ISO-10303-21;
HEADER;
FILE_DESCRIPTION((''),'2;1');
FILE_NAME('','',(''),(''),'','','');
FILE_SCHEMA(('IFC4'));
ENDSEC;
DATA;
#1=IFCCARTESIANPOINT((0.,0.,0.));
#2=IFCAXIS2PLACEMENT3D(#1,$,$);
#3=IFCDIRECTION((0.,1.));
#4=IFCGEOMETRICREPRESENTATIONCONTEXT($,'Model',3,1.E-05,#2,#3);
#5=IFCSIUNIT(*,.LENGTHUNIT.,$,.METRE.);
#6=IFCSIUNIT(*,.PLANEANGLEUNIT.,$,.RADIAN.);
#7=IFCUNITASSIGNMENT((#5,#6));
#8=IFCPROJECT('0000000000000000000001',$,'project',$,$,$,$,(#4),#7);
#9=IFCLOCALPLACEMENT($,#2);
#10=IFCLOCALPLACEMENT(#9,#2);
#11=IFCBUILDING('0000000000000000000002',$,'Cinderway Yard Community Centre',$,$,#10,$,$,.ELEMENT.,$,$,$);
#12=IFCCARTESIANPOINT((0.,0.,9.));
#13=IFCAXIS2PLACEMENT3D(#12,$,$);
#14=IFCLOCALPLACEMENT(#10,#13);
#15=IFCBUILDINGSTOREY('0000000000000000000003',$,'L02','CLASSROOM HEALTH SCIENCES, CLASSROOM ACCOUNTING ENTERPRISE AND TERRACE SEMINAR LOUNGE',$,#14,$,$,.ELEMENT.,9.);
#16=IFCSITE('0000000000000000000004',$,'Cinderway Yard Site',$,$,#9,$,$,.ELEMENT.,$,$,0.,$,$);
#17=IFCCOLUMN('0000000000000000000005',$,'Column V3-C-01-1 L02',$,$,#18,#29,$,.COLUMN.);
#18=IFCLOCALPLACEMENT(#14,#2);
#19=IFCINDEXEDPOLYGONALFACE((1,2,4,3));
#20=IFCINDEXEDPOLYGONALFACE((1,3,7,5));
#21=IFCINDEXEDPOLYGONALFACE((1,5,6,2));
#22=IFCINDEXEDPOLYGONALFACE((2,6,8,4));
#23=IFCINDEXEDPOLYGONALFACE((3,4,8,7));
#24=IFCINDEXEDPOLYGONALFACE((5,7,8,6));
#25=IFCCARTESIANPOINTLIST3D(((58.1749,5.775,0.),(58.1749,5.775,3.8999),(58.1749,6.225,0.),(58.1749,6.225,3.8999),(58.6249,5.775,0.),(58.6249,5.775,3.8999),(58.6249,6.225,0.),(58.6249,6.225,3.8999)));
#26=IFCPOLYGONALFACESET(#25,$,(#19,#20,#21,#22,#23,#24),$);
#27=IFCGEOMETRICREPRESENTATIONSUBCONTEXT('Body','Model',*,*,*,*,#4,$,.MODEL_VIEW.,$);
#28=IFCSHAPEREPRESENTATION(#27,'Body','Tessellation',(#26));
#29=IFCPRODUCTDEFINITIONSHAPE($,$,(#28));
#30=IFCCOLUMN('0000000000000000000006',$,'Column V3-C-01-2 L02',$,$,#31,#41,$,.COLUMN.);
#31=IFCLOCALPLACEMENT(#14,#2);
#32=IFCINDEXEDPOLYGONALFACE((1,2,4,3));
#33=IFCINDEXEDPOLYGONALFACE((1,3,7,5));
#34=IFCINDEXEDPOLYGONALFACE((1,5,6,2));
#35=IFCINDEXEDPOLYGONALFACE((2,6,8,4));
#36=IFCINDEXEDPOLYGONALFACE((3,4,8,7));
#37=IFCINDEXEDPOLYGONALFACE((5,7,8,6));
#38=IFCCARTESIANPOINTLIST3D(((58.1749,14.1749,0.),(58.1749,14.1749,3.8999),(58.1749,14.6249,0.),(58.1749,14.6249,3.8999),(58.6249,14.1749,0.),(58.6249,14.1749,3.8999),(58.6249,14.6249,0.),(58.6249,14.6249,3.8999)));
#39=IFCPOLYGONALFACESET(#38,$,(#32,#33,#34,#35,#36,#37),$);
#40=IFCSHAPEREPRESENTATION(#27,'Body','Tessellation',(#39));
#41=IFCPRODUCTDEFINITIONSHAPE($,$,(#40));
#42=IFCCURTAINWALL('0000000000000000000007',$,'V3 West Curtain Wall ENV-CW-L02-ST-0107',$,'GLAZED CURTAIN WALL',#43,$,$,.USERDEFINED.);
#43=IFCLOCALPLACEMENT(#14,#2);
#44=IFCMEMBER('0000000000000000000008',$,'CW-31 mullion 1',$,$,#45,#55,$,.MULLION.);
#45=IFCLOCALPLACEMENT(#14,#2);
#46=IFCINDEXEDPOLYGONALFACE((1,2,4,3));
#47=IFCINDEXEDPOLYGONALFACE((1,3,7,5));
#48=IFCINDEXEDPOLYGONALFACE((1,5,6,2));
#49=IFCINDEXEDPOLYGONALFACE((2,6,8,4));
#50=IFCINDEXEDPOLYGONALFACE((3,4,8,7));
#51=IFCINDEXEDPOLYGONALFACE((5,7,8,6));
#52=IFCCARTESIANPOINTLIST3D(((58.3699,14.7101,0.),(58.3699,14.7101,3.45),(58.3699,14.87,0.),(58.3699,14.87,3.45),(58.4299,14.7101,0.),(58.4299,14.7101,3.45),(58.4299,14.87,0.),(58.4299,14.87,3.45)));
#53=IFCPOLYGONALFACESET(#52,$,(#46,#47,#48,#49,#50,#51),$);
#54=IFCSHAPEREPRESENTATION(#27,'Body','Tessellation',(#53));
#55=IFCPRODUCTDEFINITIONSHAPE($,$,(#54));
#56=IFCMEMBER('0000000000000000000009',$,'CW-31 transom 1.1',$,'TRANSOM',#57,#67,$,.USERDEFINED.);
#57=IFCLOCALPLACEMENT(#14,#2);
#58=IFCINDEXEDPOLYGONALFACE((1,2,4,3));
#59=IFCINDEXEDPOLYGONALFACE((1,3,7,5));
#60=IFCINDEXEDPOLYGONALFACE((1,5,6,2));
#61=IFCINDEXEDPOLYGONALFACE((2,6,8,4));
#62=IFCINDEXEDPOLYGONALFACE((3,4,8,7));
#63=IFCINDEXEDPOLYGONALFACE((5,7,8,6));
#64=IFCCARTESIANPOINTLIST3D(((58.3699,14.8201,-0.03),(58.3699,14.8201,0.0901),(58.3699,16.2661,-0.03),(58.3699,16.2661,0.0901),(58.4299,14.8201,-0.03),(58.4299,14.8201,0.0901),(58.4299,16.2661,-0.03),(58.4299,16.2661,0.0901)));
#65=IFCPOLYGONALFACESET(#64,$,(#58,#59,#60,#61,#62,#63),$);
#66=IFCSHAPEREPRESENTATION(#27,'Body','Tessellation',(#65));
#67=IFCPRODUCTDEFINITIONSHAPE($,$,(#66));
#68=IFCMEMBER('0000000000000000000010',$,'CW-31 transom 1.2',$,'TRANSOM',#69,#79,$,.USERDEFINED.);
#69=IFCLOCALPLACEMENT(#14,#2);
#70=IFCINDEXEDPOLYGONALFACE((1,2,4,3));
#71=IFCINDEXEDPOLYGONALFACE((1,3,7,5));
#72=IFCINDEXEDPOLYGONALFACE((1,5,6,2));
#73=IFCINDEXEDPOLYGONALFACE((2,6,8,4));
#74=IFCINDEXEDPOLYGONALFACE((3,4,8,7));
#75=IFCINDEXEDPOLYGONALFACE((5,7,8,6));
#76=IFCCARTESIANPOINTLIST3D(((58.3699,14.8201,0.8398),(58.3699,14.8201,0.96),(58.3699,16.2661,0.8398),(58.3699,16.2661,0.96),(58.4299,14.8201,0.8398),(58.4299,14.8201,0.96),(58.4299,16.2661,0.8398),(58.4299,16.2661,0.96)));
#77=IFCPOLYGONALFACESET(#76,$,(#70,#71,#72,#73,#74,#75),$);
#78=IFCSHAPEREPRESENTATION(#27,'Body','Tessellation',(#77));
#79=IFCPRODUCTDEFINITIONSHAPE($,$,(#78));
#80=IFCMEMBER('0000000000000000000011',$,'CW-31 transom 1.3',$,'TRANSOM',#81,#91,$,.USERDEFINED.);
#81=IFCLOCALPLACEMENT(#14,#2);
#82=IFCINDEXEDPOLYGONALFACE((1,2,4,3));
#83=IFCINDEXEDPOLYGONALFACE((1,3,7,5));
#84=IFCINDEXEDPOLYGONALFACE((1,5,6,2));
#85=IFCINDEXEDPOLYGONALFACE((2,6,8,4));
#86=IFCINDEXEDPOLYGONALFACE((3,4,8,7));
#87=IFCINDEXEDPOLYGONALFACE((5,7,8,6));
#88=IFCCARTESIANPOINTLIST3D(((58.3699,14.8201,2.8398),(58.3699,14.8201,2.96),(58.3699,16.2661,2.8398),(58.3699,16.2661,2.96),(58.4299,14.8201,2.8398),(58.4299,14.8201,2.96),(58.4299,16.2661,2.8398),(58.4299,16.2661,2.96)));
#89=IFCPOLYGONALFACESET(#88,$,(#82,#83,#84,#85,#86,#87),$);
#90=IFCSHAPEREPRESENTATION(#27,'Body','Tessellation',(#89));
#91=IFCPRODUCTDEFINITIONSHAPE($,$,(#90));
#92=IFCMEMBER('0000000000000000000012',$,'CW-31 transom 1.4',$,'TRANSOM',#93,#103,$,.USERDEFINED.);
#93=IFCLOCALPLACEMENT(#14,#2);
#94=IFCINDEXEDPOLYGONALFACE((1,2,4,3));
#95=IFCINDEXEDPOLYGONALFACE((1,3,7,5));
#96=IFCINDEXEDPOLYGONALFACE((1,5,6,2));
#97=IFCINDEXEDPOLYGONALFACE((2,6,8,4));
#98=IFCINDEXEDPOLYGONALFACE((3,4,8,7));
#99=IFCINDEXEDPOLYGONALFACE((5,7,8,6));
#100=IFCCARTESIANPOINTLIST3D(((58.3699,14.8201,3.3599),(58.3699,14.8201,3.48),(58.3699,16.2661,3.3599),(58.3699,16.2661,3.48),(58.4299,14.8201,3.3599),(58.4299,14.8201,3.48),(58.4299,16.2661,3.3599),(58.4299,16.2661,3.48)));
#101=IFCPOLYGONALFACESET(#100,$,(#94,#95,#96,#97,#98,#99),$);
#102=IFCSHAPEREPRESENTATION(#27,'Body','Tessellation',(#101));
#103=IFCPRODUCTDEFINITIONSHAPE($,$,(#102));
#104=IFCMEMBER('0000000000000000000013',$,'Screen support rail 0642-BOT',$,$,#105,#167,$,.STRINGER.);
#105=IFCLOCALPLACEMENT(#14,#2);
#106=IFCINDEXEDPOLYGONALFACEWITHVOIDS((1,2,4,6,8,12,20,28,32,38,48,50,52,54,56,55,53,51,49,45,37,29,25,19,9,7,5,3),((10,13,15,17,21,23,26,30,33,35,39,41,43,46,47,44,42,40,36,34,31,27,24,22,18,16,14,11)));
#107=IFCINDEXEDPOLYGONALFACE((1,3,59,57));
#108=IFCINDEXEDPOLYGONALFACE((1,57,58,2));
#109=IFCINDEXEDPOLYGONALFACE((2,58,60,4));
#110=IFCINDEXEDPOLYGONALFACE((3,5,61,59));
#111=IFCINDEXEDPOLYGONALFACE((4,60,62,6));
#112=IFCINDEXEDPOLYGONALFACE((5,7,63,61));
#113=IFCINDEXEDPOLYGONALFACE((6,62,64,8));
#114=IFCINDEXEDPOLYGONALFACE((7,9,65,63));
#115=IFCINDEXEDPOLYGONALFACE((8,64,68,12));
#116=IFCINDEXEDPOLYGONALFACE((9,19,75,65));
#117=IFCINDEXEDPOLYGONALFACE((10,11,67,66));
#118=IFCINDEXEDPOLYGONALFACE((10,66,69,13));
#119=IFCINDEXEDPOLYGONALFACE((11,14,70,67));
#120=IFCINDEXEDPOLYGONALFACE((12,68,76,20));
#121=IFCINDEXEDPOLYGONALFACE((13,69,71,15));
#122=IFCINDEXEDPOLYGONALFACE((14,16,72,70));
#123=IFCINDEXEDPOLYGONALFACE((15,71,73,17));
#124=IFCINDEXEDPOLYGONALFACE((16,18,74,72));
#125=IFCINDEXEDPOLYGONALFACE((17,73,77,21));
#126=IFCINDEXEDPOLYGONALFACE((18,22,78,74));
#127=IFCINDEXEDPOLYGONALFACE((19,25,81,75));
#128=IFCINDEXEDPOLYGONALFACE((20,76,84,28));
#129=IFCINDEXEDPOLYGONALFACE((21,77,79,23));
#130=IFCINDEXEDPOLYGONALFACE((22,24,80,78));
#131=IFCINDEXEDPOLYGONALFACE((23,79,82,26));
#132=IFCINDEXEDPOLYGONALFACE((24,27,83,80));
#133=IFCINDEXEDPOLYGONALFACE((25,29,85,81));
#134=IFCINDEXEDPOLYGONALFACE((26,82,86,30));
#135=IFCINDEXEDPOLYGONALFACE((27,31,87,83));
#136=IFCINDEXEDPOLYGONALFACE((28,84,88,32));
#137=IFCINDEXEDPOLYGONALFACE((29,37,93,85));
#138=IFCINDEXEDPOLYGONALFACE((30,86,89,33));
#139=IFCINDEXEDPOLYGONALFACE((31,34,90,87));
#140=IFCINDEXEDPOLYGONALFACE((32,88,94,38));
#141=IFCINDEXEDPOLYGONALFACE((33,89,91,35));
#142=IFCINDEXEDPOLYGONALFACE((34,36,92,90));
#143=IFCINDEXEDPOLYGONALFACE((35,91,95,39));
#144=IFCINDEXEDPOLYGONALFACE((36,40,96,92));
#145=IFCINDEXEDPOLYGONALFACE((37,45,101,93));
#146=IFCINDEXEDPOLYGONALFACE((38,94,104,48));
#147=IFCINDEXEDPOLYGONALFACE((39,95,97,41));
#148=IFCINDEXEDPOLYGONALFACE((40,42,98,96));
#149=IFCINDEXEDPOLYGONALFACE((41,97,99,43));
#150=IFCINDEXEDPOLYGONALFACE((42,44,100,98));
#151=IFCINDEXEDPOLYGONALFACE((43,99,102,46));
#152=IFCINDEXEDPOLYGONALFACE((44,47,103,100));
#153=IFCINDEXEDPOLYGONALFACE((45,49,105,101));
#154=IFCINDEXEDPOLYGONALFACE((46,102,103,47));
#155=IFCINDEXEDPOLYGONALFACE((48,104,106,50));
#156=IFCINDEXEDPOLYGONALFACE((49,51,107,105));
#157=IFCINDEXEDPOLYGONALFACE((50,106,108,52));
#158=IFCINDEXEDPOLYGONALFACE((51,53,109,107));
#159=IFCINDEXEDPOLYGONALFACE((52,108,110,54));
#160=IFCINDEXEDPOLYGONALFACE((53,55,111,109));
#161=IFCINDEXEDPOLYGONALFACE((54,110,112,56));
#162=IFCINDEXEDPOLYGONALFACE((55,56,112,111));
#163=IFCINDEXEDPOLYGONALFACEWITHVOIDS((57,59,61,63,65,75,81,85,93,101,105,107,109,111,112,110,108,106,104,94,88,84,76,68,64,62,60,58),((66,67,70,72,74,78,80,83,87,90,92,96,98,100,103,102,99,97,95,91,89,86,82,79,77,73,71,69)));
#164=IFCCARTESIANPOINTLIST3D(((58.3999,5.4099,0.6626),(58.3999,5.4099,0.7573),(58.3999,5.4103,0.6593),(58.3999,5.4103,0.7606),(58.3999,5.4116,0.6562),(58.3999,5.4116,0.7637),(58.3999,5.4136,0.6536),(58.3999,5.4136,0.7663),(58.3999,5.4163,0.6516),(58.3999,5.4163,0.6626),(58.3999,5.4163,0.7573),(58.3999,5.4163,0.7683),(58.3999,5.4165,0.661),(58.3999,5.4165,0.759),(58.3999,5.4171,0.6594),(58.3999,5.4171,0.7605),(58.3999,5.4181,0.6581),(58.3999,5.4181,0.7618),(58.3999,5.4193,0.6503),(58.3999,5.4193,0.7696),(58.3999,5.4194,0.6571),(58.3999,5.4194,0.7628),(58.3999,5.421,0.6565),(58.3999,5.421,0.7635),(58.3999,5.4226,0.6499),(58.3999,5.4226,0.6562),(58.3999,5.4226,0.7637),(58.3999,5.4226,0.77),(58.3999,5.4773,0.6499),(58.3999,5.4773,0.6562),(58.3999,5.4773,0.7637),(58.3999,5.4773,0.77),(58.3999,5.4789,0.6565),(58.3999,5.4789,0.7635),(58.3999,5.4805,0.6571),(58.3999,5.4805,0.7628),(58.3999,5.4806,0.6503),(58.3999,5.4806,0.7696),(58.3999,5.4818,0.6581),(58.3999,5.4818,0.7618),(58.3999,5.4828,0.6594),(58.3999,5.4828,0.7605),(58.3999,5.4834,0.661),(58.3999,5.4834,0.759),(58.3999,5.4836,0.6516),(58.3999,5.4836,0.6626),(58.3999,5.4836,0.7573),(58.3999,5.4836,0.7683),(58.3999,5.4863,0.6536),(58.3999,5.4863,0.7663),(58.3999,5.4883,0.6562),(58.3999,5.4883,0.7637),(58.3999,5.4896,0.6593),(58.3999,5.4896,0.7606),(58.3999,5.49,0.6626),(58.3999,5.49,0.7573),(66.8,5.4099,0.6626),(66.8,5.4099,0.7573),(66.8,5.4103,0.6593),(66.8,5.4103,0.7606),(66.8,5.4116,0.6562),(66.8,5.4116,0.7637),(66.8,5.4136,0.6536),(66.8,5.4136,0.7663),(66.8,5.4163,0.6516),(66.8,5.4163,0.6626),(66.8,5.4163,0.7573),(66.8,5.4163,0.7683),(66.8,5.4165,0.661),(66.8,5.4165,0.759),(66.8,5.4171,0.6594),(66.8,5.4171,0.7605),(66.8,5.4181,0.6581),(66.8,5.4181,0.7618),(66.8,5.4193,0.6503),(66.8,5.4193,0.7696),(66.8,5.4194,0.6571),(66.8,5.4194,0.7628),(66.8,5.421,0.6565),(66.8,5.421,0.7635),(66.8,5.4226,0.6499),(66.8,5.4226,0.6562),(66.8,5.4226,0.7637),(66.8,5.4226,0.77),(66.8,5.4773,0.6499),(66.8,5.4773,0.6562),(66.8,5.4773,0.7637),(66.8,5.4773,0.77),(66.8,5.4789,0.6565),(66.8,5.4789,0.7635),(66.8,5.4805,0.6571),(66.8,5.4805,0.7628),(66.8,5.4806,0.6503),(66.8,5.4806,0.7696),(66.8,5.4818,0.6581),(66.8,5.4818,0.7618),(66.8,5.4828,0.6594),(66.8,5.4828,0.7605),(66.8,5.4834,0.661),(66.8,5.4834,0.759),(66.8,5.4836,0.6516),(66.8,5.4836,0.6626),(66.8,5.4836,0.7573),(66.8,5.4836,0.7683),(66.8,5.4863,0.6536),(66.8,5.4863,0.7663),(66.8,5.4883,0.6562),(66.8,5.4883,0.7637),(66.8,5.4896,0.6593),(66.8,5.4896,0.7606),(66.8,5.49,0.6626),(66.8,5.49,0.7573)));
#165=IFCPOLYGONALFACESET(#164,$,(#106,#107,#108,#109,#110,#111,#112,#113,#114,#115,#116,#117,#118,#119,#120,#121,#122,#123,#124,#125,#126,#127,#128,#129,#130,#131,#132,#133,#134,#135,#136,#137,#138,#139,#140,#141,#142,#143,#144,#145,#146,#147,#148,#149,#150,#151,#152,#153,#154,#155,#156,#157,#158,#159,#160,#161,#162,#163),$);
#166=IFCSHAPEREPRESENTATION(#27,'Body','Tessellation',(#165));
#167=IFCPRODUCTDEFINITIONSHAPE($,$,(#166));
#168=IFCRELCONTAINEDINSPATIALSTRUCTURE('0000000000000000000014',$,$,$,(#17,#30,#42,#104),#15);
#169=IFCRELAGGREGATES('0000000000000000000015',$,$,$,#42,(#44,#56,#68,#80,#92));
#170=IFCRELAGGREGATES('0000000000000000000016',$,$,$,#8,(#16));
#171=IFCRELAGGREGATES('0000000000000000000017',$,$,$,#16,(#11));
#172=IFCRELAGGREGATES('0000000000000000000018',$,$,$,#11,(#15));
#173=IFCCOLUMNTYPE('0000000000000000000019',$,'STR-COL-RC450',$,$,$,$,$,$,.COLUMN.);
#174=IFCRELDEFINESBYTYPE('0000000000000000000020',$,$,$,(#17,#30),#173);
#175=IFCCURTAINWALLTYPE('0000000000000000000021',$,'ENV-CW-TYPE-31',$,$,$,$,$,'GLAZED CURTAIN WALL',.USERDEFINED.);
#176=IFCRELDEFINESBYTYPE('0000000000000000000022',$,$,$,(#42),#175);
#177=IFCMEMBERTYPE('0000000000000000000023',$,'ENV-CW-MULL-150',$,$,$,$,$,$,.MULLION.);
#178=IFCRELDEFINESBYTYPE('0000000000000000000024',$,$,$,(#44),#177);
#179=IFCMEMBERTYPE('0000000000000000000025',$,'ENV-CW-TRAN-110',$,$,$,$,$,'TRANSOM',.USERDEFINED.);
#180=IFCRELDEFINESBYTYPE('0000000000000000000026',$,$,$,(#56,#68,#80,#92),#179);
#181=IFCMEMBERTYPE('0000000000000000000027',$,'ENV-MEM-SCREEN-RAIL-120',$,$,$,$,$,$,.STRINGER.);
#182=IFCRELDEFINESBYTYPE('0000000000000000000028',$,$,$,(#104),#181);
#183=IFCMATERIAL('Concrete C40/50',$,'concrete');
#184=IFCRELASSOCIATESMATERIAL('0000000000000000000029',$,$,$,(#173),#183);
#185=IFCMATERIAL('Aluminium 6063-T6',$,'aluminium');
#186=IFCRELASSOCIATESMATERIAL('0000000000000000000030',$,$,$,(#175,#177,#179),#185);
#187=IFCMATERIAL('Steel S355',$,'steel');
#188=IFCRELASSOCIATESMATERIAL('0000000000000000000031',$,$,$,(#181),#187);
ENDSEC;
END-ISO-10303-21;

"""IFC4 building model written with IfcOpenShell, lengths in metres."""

from ifc_helpers import new_model, si_unit, direction, frame, origin, origin_2d, place, context, subcontext, project, spatial, rectangle, hollow_rectangle, extrude, material, material_profile, profile_set, type_object, element, aggregate, save


model = new_model("IFC4")

# Units and contexts
model_context = context("Model", 3, precision=1e-05, world=origin(), true_north=direction((0.0, 1.0)))
body_context = subcontext(model_context, "Body", "Model", "MODEL_VIEW")
ifc_project = project(units=[si_unit("LENGTHUNIT", "METRE"), si_unit("PLANEANGLEUNIT", "RADIAN")], contexts=[model_context])

# Site, building, storey
site_placement = place(None, origin())
site = spatial("IfcSite", under=ifc_project, at=site_placement, Name="Cinderway Yard Site", CompositionType="ELEMENT", RefElevation=0.0)
building_placement = place(site_placement, origin())
building = spatial("IfcBuilding", under=site, at=building_placement, Name="Cinderway Yard Community Centre", CompositionType="ELEMENT")
storey_placement = place(building_placement, frame((0.0, 0.0, 9.0)))
storey = spatial("IfcBuildingStorey", under=building, at=storey_placement, Name="L02", Description="CLASSROOM HEALTH SCIENCES, CLASSROOM ACCOUNTING ENTERPRISE AND TERRACE SEMINAR LOUNGE", CompositionType="ELEMENT", Elevation=9.0)

# Columns
ifc_material_1 = material(Name="Concrete C40/50", Category="concrete")
ifc_material_profile_1 = material_profile(ifc_material_1, rectangle(XDim=0.45, YDim=0.45, at=origin_2d()), Name="Concrete C40/50")
ifc_profile_set_1 = profile_set([ifc_material_profile_1], Name="Concrete C40/50")
column_type = type_object("IfcColumnType", Name="STR-COL-RC450", PredefinedType="COLUMN", material=ifc_profile_set_1)
for number, where, z_axis, x_axis, name in (
    (1, (58.3999, 6.0, 0.0), (0.0, 0.0, 1.0), (1.0, 0.0, 0.0), "Column V3-C-01-1 L02"),
    (2, (58.3999, 14.3999, 0.0), (0.0, 0.0, 1.0), (1.0, 0.0, 0.0), "Column V3-C-01-2 L02"),
):
    element("IfcColumn", number, at=place(storey_placement, frame(where, z_axis=z_axis, x_axis=x_axis)), inside=storey, type_object=column_type, Name=name, PredefinedType="COLUMN", context=body_context, shape_type="SweptSolid", body=[
        extrude(rectangle(XDim=0.45, YDim=0.45, at=origin_2d()), origin(), (0.0, 0.0, 1.0), 3.8999),
    ])

# Curtain wall, members
ifc_material_2 = material(Name="Aluminium 6063-T6", Category="aluminium")
curtain_wall_type = type_object("IfcCurtainWallType", Name="ENV-CW-TYPE-31", ElementType="GLAZED CURTAIN WALL", PredefinedType="USERDEFINED", material=ifc_material_2)
curtain_wall_placement = place(storey_placement, origin())
curtain_wall = element("IfcCurtainWall", 3, at=curtain_wall_placement, inside=storey, type_object=curtain_wall_type, Name="V3 West Curtain Wall ENV-CW-L02-ST-0107", ObjectType="GLAZED CURTAIN WALL", PredefinedType="USERDEFINED")
ifc_material_profile_2 = material_profile(ifc_material_2, rectangle(XDim=0.0601, YDim=0.1599, at=origin_2d()), Name="Aluminium 6063-T6")
ifc_profile_set_2 = profile_set([ifc_material_profile_2], Name="Aluminium 6063-T6")
member_type_1 = type_object("IfcMemberType", Name="ENV-CW-MULL-150", PredefinedType="MULLION", material=ifc_profile_set_2)
member_1_placement = place(storey_placement, frame((58.3999, 14.79, 0.0), z_axis=(0.0, 0.0, 1.0), x_axis=(-1.0, 0.0, 0.0)))
member_1 = element("IfcMember", 4, at=member_1_placement, type_object=member_type_1, Name="CW-31 mullion 1", PredefinedType="MULLION", context=body_context, shape_type="SweptSolid", body=[
    extrude(rectangle(XDim=0.0601, YDim=0.1599, at=origin_2d()), origin(), (0.0, 0.0, 1.0), 3.45),
])
ifc_material_profile_3 = material_profile(ifc_material_2, rectangle(XDim=0.0601, YDim=0.1201, at=origin_2d()), Name="Aluminium 6063-T6")
ifc_profile_set_3 = profile_set([ifc_material_profile_3], Name="Aluminium 6063-T6")
member_type_2 = type_object("IfcMemberType", Name="ENV-CW-TRAN-110", ElementType="TRANSOM", PredefinedType="USERDEFINED", material=ifc_profile_set_3)
member_2_placement = place(storey_placement, frame((58.3999, 14.8201, 0.03), z_axis=(0.0, 1.0, 0.0), x_axis=(-1.0, 0.0, 0.0)))
member_2 = element("IfcMember", 5, at=member_2_placement, type_object=member_type_2, Name="CW-31 transom 1.1", ObjectType="TRANSOM", PredefinedType="USERDEFINED", context=body_context, shape_type="SweptSolid", body=[
    extrude(rectangle(XDim=0.0601, YDim=0.1201, at=origin_2d()), origin(), (0.0, 0.0, 1.0), 1.446),
])
member_3_placement = place(storey_placement, frame((58.3999, 14.8201, 0.8999), z_axis=(0.0, 1.0, 0.0), x_axis=(-1.0, 0.0, 0.0)))
member_3 = element("IfcMember", 6, at=member_3_placement, type_object=member_type_2, Name="CW-31 transom 1.2", ObjectType="TRANSOM", PredefinedType="USERDEFINED", context=body_context, shape_type="SweptSolid", body=[
    extrude(rectangle(XDim=0.0601, YDim=0.1201, at=origin_2d()), origin(), (0.0, 0.0, 1.0), 1.446),
])
member_4_placement = place(storey_placement, frame((58.3999, 14.8201, 2.8999), z_axis=(0.0, 1.0, 0.0), x_axis=(-1.0, 0.0, 0.0)))
member_4 = element("IfcMember", 7, at=member_4_placement, type_object=member_type_2, Name="CW-31 transom 1.3", ObjectType="TRANSOM", PredefinedType="USERDEFINED", context=body_context, shape_type="SweptSolid", body=[
    extrude(rectangle(XDim=0.0601, YDim=0.1201, at=origin_2d()), origin(), (0.0, 0.0, 1.0), 1.446),
])
member_5_placement = place(storey_placement, frame((58.3999, 14.8201, 3.4199), z_axis=(0.0, 1.0, 0.0), x_axis=(-1.0, 0.0, 0.0)))
member_5 = element("IfcMember", 8, at=member_5_placement, type_object=member_type_2, Name="CW-31 transom 1.4", ObjectType="TRANSOM", PredefinedType="USERDEFINED", context=body_context, shape_type="SweptSolid", body=[
    extrude(rectangle(XDim=0.0601, YDim=0.1201, at=origin_2d()), origin(), (0.0, 0.0, 1.0), 1.446),
])

# Member
ifc_material_3 = material(Name="Steel S355", Category="steel")
ifc_material_profile_4 = material_profile(ifc_material_3, hollow_rectangle(XDim=0.0801, YDim=0.1201, WallThickness=0.0063, InnerFilletRadius=0.0063, OuterFilletRadius=0.0127, at=origin_2d()), Name="Steel S355")
ifc_profile_set_4 = profile_set([ifc_material_profile_4], Name="Steel S355")
member_type_3 = type_object("IfcMemberType", Name="ENV-MEM-SCREEN-RAIL-120", PredefinedType="STRINGER", material=ifc_profile_set_4)
for number, where, z_axis, x_axis, name in (
    (9, (58.3999, 5.45, 0.71), (1.0, 0.0, 0.0), (0.0, 1.0, 0.0), "Screen support rail 0642-BOT"),
):
    element("IfcMember", number, at=place(storey_placement, frame(where, z_axis=z_axis, x_axis=x_axis)), inside=storey, type_object=member_type_3, Name=name, PredefinedType="STRINGER", context=body_context, shape_type="SweptSolid", body=[
        extrude(hollow_rectangle(XDim=0.0801, YDim=0.1201, WallThickness=0.0063, InnerFilletRadius=0.0063, OuterFilletRadius=0.0127, at=origin_2d()), origin(), (0.0, 0.0, 1.0), 8.4001),
    ])

aggregate(curtain_wall, [member_1, member_2, member_3, member_4, member_5])

save(model, "model.ifc")
